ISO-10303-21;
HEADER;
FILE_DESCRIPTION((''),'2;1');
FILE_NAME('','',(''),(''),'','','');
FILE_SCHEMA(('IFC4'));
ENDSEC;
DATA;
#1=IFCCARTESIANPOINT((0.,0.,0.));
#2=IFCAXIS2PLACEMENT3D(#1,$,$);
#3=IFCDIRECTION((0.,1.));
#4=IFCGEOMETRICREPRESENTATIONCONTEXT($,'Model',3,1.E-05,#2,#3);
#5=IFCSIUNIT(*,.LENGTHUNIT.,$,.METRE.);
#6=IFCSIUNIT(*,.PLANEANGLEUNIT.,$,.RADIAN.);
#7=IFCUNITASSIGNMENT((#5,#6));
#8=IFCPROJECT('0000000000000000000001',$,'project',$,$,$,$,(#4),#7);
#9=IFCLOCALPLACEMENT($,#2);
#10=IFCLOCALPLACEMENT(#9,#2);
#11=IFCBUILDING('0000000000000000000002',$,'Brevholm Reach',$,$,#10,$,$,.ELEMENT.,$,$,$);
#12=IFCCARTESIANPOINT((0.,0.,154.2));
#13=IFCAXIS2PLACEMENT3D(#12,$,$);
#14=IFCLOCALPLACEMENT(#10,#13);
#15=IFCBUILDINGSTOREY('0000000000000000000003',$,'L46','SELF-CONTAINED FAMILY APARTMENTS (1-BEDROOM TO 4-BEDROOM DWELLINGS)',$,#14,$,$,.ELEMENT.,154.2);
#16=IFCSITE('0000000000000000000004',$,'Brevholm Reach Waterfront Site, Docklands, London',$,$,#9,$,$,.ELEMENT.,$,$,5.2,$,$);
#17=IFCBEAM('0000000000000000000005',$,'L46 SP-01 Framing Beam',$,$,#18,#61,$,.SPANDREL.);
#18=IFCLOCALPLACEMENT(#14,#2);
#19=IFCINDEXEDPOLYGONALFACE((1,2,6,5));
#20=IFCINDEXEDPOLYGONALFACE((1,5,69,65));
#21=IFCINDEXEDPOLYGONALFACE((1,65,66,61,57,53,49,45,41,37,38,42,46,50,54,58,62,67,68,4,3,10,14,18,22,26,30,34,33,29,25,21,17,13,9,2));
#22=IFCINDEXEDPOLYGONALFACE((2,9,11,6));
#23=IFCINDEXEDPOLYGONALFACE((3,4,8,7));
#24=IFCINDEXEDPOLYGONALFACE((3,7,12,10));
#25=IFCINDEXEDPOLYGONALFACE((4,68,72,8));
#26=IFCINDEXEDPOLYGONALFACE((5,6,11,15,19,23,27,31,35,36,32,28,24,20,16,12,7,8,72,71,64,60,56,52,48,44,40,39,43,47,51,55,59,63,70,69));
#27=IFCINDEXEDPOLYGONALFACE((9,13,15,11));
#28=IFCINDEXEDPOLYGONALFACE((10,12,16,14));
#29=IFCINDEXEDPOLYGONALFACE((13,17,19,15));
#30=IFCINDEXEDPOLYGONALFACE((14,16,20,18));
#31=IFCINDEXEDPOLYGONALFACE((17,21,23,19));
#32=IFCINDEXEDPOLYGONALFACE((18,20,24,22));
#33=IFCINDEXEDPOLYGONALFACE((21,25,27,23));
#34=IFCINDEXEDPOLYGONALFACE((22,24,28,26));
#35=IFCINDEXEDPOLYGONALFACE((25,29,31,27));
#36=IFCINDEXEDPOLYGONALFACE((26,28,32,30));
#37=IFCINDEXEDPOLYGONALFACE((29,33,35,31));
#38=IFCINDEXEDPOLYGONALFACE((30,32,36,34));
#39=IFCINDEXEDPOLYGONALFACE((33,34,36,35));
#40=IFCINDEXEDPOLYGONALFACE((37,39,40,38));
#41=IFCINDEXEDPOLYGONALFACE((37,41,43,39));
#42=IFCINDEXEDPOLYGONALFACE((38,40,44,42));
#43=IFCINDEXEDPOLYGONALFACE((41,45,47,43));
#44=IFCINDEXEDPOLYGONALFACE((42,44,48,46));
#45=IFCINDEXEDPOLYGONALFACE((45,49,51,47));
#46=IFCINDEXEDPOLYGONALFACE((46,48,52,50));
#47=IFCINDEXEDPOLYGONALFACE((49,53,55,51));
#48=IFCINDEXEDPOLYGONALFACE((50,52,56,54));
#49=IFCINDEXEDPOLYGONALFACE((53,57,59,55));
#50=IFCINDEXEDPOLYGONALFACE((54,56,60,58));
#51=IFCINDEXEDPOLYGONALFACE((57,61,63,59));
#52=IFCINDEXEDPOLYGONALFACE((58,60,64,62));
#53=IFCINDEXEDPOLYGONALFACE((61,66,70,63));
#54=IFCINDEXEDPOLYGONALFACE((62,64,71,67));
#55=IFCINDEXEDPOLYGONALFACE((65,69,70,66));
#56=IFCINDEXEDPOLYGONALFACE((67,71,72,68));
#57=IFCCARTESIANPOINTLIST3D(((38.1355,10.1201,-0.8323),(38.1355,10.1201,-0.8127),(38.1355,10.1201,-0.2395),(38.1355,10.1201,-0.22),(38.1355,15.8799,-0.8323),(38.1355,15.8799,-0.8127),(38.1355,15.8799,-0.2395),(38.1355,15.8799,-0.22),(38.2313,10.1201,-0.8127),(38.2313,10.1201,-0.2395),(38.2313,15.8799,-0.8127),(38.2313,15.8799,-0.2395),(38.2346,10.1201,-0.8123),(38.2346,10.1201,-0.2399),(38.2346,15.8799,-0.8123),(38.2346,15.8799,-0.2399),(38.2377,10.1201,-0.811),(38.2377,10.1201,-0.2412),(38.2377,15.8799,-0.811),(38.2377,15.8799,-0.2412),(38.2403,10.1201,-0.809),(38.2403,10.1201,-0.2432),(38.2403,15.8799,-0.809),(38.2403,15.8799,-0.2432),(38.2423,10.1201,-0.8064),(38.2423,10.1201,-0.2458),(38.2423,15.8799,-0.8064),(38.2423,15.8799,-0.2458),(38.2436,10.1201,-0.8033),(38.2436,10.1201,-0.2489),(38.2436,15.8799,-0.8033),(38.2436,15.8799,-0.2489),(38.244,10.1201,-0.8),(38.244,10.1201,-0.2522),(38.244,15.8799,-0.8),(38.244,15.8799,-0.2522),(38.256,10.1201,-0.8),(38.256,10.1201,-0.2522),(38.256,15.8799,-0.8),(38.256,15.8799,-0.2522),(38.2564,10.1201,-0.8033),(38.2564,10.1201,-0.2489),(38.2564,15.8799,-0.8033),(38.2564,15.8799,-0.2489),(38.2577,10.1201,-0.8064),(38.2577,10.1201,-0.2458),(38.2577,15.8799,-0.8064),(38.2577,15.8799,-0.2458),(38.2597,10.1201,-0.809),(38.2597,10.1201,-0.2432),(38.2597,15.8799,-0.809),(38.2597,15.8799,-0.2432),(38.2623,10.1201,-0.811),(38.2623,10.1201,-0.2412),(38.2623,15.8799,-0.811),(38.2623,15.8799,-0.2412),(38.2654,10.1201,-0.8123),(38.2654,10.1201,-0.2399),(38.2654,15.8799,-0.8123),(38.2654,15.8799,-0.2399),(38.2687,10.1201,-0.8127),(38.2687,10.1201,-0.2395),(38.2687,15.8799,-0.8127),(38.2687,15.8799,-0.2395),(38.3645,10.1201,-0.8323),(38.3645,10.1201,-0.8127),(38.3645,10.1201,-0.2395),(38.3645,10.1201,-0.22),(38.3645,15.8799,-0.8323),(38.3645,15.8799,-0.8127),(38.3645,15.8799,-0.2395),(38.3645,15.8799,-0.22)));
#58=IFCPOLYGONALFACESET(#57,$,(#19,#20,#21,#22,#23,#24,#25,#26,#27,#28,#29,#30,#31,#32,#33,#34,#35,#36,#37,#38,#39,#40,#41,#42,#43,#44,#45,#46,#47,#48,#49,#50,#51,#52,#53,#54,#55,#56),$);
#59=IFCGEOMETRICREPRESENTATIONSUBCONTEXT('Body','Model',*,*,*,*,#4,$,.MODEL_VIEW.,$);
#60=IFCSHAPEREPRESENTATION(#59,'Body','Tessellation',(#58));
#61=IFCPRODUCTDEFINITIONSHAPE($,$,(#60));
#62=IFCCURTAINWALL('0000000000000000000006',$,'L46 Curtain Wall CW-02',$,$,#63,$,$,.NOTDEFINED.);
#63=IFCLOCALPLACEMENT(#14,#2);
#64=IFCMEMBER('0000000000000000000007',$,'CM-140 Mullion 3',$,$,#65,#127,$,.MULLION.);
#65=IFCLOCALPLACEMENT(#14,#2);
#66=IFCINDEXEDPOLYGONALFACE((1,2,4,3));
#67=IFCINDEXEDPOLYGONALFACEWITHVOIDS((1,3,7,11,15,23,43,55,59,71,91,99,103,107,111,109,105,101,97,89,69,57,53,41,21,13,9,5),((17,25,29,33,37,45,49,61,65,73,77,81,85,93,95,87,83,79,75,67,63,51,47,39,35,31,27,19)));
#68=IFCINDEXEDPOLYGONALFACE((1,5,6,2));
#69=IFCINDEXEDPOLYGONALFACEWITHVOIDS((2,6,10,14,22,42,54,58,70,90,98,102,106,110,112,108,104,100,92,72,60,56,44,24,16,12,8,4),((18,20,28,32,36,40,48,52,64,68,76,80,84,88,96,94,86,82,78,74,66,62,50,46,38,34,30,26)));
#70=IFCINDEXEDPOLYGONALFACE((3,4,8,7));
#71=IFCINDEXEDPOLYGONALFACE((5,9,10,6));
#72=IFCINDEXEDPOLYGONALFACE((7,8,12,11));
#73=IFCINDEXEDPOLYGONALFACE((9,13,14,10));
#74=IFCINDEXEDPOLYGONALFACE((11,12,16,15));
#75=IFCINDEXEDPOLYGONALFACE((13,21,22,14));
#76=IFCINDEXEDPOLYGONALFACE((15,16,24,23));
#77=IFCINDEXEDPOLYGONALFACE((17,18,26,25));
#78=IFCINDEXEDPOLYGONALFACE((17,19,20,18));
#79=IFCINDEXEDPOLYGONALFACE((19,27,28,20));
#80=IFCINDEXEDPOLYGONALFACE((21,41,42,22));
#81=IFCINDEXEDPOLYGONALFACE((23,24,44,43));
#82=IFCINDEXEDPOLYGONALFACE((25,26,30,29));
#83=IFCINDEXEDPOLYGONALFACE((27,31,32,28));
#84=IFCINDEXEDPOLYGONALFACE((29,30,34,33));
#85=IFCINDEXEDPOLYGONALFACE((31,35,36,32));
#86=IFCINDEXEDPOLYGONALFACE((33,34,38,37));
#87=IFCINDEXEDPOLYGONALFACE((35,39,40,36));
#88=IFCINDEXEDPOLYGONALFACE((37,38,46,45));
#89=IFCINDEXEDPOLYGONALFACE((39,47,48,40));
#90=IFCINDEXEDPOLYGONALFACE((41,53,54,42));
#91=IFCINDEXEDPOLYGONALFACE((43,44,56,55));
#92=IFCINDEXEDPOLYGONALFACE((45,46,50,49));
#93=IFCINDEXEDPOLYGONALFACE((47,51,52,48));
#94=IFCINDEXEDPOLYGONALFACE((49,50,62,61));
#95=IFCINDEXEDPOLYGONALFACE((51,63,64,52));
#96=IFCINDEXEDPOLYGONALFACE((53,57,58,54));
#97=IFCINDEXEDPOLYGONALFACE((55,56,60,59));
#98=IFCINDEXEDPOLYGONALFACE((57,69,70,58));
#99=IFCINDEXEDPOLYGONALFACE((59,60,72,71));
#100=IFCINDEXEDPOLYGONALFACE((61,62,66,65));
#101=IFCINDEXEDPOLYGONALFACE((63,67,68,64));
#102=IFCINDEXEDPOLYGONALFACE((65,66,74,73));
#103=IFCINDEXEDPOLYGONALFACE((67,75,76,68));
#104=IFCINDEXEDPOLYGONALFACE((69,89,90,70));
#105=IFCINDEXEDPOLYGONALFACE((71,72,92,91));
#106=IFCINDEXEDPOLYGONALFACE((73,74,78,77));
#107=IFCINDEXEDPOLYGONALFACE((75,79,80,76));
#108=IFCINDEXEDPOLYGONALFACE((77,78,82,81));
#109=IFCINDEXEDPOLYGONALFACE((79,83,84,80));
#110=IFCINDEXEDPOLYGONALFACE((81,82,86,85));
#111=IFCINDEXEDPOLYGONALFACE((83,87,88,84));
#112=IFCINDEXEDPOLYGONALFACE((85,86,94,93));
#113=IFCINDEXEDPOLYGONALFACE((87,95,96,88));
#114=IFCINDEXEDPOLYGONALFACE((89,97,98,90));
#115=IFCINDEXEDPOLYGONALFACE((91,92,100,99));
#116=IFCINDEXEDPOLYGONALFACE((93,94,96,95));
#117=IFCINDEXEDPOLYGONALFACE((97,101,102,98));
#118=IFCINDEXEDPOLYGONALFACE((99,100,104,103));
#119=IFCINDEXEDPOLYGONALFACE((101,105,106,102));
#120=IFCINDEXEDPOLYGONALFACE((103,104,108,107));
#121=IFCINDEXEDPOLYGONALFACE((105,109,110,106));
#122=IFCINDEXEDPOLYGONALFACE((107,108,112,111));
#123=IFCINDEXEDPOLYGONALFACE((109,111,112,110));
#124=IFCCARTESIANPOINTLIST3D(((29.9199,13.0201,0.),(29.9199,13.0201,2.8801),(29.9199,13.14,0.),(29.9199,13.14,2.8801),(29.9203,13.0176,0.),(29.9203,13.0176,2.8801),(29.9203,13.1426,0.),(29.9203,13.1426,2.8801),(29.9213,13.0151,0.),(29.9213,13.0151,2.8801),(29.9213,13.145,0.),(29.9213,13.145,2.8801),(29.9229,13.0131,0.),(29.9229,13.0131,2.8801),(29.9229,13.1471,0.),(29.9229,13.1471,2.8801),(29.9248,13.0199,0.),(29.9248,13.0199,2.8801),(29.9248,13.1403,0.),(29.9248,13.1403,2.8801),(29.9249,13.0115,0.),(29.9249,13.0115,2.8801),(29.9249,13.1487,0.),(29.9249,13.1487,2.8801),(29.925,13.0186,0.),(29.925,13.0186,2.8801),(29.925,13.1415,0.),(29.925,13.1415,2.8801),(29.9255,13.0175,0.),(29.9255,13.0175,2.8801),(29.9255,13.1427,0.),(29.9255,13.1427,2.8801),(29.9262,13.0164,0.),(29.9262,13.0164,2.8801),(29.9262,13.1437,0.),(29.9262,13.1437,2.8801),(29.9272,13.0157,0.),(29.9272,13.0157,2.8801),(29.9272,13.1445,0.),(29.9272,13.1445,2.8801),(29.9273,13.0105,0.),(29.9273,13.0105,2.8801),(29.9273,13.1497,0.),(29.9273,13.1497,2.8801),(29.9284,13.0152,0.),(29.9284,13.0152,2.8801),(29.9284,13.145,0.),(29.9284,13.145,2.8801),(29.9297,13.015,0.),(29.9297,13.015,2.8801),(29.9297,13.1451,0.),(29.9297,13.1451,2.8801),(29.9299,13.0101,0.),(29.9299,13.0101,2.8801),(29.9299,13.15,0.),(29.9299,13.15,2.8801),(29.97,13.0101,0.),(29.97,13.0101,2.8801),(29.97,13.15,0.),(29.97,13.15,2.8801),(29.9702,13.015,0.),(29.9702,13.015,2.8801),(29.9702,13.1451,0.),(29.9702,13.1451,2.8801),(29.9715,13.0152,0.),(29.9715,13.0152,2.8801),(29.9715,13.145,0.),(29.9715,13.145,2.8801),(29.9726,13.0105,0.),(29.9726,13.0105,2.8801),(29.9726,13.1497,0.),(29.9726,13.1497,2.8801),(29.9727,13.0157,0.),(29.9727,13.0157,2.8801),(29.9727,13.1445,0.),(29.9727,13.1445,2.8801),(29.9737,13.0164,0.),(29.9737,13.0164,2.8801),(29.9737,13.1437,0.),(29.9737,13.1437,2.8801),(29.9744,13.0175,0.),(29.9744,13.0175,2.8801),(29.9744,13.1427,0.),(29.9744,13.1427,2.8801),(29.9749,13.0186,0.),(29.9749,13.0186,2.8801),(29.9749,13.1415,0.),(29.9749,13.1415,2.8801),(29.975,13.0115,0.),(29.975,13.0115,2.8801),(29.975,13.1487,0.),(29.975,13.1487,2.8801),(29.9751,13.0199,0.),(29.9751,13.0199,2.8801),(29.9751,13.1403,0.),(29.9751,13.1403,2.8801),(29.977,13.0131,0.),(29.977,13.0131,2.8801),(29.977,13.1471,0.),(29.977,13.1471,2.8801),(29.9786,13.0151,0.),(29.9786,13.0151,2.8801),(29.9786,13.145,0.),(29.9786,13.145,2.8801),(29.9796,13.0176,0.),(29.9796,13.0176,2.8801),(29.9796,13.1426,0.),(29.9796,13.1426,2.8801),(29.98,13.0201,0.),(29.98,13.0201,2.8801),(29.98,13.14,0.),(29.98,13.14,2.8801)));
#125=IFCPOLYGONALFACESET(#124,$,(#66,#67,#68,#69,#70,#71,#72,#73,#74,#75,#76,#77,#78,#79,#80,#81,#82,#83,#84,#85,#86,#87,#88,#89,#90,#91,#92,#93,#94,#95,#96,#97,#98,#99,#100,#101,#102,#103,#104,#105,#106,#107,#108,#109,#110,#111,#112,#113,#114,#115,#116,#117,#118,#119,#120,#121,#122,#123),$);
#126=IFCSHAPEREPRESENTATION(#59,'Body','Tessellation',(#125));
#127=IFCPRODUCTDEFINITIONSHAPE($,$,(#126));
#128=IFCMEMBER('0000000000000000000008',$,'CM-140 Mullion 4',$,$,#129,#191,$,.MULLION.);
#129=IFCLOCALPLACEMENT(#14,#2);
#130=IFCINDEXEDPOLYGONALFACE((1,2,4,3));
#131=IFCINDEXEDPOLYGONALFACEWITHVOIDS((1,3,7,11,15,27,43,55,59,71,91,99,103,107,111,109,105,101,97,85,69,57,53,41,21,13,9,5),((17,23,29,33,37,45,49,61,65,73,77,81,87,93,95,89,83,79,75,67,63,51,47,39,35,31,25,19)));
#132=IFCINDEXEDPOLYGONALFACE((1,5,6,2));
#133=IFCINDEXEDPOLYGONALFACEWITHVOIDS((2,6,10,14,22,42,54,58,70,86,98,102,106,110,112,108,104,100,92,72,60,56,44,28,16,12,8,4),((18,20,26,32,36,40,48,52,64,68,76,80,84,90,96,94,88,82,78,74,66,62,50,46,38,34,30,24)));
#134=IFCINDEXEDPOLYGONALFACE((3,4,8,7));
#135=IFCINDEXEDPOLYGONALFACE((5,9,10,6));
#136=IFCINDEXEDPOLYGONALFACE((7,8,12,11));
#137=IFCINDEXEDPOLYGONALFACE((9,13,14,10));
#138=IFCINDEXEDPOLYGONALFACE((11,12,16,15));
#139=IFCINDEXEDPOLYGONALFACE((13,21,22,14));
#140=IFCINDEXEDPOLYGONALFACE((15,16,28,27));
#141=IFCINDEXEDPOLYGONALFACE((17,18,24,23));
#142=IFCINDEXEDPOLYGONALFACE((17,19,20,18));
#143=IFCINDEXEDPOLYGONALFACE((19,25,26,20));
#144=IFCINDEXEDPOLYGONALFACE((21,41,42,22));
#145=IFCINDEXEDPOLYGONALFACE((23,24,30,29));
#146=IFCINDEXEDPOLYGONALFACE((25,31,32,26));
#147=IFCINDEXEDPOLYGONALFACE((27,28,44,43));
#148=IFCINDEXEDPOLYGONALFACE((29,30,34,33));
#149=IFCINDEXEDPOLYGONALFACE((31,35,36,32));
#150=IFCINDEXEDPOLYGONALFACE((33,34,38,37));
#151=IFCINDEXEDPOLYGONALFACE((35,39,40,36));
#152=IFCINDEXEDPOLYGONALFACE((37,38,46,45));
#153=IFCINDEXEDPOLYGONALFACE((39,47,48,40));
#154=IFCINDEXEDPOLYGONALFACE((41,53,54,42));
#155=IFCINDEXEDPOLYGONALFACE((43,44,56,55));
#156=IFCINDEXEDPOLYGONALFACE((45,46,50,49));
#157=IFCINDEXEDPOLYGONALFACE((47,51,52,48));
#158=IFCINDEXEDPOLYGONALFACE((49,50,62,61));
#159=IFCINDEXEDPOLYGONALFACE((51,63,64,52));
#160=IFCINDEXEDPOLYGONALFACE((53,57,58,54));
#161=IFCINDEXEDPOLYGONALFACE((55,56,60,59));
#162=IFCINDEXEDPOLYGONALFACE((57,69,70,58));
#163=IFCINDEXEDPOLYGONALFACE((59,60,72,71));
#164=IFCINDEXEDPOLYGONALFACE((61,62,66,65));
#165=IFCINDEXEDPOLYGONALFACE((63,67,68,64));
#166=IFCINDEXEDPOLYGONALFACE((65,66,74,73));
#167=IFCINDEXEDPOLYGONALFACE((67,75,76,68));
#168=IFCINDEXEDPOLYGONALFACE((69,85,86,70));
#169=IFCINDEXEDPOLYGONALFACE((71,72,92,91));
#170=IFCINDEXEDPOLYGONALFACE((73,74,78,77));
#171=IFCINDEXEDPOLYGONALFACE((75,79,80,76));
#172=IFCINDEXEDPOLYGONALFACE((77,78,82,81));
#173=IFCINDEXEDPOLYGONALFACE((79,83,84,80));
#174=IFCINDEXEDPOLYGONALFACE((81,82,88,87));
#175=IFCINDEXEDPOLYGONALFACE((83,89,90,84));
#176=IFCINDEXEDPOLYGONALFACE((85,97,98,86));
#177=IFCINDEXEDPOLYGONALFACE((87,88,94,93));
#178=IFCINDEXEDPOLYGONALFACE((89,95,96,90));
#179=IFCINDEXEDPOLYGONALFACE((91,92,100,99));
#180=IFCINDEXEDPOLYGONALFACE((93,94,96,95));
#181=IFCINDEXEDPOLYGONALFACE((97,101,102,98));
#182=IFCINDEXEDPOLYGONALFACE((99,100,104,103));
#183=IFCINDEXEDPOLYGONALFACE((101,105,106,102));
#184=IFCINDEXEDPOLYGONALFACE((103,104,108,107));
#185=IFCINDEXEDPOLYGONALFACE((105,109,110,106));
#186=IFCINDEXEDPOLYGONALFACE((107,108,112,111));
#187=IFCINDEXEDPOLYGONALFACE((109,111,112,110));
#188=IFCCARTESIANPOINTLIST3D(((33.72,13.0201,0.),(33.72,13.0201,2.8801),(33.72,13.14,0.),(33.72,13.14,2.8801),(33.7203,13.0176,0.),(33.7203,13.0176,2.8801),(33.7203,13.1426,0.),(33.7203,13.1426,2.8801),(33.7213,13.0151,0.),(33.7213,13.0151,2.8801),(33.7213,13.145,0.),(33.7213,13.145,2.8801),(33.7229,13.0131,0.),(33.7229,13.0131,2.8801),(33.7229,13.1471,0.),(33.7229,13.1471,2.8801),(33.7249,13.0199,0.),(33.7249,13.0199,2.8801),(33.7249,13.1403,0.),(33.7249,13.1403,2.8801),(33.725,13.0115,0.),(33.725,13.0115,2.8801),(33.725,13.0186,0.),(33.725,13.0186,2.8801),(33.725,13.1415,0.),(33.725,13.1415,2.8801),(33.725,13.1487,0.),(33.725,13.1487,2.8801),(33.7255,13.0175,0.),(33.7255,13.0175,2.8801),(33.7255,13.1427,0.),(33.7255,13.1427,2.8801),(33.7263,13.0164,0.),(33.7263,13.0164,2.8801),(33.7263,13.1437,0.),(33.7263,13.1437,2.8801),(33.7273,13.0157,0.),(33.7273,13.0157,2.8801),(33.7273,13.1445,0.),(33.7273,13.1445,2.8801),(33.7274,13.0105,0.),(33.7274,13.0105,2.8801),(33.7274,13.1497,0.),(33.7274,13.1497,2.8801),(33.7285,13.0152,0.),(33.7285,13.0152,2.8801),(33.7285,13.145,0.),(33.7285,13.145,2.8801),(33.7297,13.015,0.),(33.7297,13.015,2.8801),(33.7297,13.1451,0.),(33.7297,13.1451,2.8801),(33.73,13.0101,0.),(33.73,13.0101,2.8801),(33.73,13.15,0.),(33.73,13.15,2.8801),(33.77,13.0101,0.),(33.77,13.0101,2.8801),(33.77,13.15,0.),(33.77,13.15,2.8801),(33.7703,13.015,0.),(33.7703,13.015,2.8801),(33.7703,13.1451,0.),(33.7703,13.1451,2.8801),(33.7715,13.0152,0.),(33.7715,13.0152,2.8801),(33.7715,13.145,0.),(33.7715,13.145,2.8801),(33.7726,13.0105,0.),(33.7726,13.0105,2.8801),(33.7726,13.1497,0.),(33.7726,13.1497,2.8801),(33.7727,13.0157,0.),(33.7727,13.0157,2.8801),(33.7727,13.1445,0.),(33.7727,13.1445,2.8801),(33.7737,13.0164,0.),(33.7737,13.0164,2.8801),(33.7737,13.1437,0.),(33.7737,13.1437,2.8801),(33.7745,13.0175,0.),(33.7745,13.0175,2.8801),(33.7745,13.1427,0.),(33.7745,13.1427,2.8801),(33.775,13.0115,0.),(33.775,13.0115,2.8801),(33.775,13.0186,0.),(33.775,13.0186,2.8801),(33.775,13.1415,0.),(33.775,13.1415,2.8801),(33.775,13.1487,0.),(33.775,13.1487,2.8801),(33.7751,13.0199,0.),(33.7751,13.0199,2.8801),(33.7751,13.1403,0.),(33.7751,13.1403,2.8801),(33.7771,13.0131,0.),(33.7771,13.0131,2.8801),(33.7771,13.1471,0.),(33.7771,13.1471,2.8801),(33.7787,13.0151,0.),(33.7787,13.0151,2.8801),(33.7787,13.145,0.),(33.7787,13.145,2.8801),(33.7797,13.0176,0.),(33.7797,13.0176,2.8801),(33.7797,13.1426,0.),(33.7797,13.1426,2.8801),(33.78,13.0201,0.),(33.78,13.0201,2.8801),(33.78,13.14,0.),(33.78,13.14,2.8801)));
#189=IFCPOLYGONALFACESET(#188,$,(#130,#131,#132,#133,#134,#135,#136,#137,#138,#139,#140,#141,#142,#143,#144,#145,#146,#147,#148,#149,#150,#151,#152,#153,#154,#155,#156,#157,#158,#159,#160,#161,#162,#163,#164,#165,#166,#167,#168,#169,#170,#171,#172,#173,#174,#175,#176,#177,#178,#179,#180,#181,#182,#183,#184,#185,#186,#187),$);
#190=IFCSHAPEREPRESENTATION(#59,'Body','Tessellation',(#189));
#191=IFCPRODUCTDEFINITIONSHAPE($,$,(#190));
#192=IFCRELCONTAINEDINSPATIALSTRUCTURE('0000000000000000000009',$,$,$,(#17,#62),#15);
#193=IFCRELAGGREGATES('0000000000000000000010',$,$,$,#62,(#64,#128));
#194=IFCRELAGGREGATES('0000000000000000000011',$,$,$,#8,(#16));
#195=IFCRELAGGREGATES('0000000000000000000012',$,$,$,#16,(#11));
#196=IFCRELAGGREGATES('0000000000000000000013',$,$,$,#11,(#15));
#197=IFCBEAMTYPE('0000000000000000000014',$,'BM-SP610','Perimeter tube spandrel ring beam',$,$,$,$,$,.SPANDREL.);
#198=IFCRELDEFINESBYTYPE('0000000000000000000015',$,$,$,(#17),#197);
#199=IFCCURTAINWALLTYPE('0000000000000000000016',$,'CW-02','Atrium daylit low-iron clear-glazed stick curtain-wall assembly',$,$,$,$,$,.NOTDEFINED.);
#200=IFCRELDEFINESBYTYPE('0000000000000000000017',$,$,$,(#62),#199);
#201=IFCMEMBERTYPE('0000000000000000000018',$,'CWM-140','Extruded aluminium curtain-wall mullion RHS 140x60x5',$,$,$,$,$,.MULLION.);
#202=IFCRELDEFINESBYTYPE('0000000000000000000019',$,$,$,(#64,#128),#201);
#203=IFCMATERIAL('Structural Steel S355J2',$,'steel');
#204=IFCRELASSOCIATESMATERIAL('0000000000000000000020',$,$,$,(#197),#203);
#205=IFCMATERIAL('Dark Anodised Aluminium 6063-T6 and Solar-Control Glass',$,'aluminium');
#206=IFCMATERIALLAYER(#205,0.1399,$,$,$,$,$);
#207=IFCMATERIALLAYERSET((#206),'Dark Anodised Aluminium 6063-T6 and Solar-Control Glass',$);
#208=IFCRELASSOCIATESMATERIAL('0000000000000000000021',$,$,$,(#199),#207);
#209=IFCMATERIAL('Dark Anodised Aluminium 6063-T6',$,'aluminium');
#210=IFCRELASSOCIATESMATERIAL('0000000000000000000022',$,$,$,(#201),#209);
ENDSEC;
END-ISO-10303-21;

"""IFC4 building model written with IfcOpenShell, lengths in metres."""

from ifc_helpers import new_model, si_unit, direction, frame, origin, origin_2d, place, context, subcontext, project, spatial, hollow_rectangle, i_section, extrude, material, layer, layer_set, material_profile, profile_set, type_object, element, aggregate, save


model = new_model("IFC4")

# Units and contexts
model_context = context("Model", 3, precision=1e-05, world=origin(), true_north=direction((0.0, 1.0)))
body_context = subcontext(model_context, "Body", "Model", "MODEL_VIEW")
ifc_project = project(units=[si_unit("LENGTHUNIT", "METRE"), si_unit("PLANEANGLEUNIT", "RADIAN")], contexts=[model_context])

# Site, building, storey
site_placement = place(None, origin())
site = spatial("IfcSite", under=ifc_project, at=site_placement, Name="Brevholm Reach Waterfront Site, Docklands, London", CompositionType="ELEMENT", RefElevation=5.2)
building_placement = place(site_placement, origin())
building = spatial("IfcBuilding", under=site, at=building_placement, Name="Brevholm Reach", CompositionType="ELEMENT")
storey_placement = place(building_placement, frame((0.0, 0.0, 154.2)))
storey = spatial("IfcBuildingStorey", under=building, at=storey_placement, Name="L46", Description="SELF-CONTAINED FAMILY APARTMENTS (1-BEDROOM TO 4-BEDROOM DWELLINGS)", CompositionType="ELEMENT", Elevation=154.2)

# Beam
ifc_material_1 = material(Name="Structural Steel S355J2", Category="steel")
ifc_material_profile_1 = material_profile(ifc_material_1, i_section(OverallWidth=0.229, OverallDepth=0.6123, WebThickness=0.012, FlangeThickness=0.0195, FilletRadius=0.0127, at=origin_2d()), Name="UKB 610x229x125")
ifc_profile_set_1 = profile_set([ifc_material_profile_1], Name="Structural Steel S355J2")
beam_type = type_object("IfcBeamType", Name="BM-SP610", Description="Perimeter tube spandrel ring beam", PredefinedType="SPANDREL", material=ifc_profile_set_1)
beam_1_placement = place(storey_placement, frame((38.25, 10.1201, -0.5261), z_axis=(0.0, 1.0, 0.0), x_axis=(-1.0, 0.0, 0.0)))
element("IfcBeam", 1, at=beam_1_placement, inside=storey, type_object=beam_type, Name="L46 SP-01 Framing Beam", PredefinedType="SPANDREL", context=body_context, shape_type="SweptSolid", body=[
    extrude(i_section(OverallWidth=0.229, OverallDepth=0.6123, WebThickness=0.012, FlangeThickness=0.0195, FilletRadius=0.0127, at=origin_2d()), origin(), (0.0, 0.0, 1.0), 5.7598),
])

# Curtain wall, members
ifc_material_2 = material(Name="Dark Anodised Aluminium 6063-T6 and Solar-Control Glass", Category="aluminium")
ifc_layer_1 = layer(ifc_material_2, 0.1399)
ifc_layer_set_1 = layer_set([ifc_layer_1], Name="Dark Anodised Aluminium 6063-T6 and Solar-Control Glass")
curtain_wall_type = type_object("IfcCurtainWallType", Name="CW-02", Description="Atrium daylit low-iron clear-glazed stick curtain-wall assembly", PredefinedType="NOTDEFINED", material=ifc_layer_set_1)
curtain_wall_placement = place(storey_placement, origin())
curtain_wall = element("IfcCurtainWall", 2, at=curtain_wall_placement, inside=storey, type_object=curtain_wall_type, Name="L46 Curtain Wall CW-02", PredefinedType="NOTDEFINED")
ifc_material_3 = material(Name="Dark Anodised Aluminium 6063-T6", Category="aluminium")
ifc_material_profile_2 = material_profile(ifc_material_3, hollow_rectangle(XDim=0.0601, YDim=0.1399, WallThickness=0.0049, InnerFilletRadius=0.0049, OuterFilletRadius=0.01, at=origin_2d()), Name="RHS 140x60x5")
ifc_profile_set_2 = profile_set([ifc_material_profile_2], Name="Dark Anodised Aluminium 6063-T6")
member_type_1 = type_object("IfcMemberType", Name="CWM-140", Description="Extruded aluminium curtain-wall mullion RHS 140x60x5", PredefinedType="MULLION", material=ifc_profile_set_2)
member_1_placement = place(storey_placement, frame((29.95, 13.0801, 0.0), z_axis=(0.0, 0.0, 1.0), x_axis=(1.0, 0.0, 0.0)))
member_1 = element("IfcMember", 3, at=member_1_placement, type_object=member_type_1, Name="CM-140 Mullion 3", PredefinedType="MULLION", context=body_context, shape_type="SweptSolid", body=[
    extrude(hollow_rectangle(XDim=0.0601, YDim=0.1399, WallThickness=0.0049, InnerFilletRadius=0.0049, OuterFilletRadius=0.01, at=origin_2d()), origin(), (0.0, 0.0, 1.0), 2.8801),
])
member_2_placement = place(storey_placement, frame((33.75, 13.0801, 0.0), z_axis=(0.0, 0.0, 1.0), x_axis=(1.0, 0.0, 0.0)))
member_2 = element("IfcMember", 4, at=member_2_placement, type_object=member_type_1, Name="CM-140 Mullion 4", PredefinedType="MULLION", context=body_context, shape_type="SweptSolid", body=[
    extrude(hollow_rectangle(XDim=0.0601, YDim=0.1399, WallThickness=0.0049, InnerFilletRadius=0.0049, OuterFilletRadius=0.01, at=origin_2d()), origin(), (0.0, 0.0, 1.0), 2.8801),
])
aggregate(curtain_wall, [member_1, member_2])

save(model, "model.ifc")
